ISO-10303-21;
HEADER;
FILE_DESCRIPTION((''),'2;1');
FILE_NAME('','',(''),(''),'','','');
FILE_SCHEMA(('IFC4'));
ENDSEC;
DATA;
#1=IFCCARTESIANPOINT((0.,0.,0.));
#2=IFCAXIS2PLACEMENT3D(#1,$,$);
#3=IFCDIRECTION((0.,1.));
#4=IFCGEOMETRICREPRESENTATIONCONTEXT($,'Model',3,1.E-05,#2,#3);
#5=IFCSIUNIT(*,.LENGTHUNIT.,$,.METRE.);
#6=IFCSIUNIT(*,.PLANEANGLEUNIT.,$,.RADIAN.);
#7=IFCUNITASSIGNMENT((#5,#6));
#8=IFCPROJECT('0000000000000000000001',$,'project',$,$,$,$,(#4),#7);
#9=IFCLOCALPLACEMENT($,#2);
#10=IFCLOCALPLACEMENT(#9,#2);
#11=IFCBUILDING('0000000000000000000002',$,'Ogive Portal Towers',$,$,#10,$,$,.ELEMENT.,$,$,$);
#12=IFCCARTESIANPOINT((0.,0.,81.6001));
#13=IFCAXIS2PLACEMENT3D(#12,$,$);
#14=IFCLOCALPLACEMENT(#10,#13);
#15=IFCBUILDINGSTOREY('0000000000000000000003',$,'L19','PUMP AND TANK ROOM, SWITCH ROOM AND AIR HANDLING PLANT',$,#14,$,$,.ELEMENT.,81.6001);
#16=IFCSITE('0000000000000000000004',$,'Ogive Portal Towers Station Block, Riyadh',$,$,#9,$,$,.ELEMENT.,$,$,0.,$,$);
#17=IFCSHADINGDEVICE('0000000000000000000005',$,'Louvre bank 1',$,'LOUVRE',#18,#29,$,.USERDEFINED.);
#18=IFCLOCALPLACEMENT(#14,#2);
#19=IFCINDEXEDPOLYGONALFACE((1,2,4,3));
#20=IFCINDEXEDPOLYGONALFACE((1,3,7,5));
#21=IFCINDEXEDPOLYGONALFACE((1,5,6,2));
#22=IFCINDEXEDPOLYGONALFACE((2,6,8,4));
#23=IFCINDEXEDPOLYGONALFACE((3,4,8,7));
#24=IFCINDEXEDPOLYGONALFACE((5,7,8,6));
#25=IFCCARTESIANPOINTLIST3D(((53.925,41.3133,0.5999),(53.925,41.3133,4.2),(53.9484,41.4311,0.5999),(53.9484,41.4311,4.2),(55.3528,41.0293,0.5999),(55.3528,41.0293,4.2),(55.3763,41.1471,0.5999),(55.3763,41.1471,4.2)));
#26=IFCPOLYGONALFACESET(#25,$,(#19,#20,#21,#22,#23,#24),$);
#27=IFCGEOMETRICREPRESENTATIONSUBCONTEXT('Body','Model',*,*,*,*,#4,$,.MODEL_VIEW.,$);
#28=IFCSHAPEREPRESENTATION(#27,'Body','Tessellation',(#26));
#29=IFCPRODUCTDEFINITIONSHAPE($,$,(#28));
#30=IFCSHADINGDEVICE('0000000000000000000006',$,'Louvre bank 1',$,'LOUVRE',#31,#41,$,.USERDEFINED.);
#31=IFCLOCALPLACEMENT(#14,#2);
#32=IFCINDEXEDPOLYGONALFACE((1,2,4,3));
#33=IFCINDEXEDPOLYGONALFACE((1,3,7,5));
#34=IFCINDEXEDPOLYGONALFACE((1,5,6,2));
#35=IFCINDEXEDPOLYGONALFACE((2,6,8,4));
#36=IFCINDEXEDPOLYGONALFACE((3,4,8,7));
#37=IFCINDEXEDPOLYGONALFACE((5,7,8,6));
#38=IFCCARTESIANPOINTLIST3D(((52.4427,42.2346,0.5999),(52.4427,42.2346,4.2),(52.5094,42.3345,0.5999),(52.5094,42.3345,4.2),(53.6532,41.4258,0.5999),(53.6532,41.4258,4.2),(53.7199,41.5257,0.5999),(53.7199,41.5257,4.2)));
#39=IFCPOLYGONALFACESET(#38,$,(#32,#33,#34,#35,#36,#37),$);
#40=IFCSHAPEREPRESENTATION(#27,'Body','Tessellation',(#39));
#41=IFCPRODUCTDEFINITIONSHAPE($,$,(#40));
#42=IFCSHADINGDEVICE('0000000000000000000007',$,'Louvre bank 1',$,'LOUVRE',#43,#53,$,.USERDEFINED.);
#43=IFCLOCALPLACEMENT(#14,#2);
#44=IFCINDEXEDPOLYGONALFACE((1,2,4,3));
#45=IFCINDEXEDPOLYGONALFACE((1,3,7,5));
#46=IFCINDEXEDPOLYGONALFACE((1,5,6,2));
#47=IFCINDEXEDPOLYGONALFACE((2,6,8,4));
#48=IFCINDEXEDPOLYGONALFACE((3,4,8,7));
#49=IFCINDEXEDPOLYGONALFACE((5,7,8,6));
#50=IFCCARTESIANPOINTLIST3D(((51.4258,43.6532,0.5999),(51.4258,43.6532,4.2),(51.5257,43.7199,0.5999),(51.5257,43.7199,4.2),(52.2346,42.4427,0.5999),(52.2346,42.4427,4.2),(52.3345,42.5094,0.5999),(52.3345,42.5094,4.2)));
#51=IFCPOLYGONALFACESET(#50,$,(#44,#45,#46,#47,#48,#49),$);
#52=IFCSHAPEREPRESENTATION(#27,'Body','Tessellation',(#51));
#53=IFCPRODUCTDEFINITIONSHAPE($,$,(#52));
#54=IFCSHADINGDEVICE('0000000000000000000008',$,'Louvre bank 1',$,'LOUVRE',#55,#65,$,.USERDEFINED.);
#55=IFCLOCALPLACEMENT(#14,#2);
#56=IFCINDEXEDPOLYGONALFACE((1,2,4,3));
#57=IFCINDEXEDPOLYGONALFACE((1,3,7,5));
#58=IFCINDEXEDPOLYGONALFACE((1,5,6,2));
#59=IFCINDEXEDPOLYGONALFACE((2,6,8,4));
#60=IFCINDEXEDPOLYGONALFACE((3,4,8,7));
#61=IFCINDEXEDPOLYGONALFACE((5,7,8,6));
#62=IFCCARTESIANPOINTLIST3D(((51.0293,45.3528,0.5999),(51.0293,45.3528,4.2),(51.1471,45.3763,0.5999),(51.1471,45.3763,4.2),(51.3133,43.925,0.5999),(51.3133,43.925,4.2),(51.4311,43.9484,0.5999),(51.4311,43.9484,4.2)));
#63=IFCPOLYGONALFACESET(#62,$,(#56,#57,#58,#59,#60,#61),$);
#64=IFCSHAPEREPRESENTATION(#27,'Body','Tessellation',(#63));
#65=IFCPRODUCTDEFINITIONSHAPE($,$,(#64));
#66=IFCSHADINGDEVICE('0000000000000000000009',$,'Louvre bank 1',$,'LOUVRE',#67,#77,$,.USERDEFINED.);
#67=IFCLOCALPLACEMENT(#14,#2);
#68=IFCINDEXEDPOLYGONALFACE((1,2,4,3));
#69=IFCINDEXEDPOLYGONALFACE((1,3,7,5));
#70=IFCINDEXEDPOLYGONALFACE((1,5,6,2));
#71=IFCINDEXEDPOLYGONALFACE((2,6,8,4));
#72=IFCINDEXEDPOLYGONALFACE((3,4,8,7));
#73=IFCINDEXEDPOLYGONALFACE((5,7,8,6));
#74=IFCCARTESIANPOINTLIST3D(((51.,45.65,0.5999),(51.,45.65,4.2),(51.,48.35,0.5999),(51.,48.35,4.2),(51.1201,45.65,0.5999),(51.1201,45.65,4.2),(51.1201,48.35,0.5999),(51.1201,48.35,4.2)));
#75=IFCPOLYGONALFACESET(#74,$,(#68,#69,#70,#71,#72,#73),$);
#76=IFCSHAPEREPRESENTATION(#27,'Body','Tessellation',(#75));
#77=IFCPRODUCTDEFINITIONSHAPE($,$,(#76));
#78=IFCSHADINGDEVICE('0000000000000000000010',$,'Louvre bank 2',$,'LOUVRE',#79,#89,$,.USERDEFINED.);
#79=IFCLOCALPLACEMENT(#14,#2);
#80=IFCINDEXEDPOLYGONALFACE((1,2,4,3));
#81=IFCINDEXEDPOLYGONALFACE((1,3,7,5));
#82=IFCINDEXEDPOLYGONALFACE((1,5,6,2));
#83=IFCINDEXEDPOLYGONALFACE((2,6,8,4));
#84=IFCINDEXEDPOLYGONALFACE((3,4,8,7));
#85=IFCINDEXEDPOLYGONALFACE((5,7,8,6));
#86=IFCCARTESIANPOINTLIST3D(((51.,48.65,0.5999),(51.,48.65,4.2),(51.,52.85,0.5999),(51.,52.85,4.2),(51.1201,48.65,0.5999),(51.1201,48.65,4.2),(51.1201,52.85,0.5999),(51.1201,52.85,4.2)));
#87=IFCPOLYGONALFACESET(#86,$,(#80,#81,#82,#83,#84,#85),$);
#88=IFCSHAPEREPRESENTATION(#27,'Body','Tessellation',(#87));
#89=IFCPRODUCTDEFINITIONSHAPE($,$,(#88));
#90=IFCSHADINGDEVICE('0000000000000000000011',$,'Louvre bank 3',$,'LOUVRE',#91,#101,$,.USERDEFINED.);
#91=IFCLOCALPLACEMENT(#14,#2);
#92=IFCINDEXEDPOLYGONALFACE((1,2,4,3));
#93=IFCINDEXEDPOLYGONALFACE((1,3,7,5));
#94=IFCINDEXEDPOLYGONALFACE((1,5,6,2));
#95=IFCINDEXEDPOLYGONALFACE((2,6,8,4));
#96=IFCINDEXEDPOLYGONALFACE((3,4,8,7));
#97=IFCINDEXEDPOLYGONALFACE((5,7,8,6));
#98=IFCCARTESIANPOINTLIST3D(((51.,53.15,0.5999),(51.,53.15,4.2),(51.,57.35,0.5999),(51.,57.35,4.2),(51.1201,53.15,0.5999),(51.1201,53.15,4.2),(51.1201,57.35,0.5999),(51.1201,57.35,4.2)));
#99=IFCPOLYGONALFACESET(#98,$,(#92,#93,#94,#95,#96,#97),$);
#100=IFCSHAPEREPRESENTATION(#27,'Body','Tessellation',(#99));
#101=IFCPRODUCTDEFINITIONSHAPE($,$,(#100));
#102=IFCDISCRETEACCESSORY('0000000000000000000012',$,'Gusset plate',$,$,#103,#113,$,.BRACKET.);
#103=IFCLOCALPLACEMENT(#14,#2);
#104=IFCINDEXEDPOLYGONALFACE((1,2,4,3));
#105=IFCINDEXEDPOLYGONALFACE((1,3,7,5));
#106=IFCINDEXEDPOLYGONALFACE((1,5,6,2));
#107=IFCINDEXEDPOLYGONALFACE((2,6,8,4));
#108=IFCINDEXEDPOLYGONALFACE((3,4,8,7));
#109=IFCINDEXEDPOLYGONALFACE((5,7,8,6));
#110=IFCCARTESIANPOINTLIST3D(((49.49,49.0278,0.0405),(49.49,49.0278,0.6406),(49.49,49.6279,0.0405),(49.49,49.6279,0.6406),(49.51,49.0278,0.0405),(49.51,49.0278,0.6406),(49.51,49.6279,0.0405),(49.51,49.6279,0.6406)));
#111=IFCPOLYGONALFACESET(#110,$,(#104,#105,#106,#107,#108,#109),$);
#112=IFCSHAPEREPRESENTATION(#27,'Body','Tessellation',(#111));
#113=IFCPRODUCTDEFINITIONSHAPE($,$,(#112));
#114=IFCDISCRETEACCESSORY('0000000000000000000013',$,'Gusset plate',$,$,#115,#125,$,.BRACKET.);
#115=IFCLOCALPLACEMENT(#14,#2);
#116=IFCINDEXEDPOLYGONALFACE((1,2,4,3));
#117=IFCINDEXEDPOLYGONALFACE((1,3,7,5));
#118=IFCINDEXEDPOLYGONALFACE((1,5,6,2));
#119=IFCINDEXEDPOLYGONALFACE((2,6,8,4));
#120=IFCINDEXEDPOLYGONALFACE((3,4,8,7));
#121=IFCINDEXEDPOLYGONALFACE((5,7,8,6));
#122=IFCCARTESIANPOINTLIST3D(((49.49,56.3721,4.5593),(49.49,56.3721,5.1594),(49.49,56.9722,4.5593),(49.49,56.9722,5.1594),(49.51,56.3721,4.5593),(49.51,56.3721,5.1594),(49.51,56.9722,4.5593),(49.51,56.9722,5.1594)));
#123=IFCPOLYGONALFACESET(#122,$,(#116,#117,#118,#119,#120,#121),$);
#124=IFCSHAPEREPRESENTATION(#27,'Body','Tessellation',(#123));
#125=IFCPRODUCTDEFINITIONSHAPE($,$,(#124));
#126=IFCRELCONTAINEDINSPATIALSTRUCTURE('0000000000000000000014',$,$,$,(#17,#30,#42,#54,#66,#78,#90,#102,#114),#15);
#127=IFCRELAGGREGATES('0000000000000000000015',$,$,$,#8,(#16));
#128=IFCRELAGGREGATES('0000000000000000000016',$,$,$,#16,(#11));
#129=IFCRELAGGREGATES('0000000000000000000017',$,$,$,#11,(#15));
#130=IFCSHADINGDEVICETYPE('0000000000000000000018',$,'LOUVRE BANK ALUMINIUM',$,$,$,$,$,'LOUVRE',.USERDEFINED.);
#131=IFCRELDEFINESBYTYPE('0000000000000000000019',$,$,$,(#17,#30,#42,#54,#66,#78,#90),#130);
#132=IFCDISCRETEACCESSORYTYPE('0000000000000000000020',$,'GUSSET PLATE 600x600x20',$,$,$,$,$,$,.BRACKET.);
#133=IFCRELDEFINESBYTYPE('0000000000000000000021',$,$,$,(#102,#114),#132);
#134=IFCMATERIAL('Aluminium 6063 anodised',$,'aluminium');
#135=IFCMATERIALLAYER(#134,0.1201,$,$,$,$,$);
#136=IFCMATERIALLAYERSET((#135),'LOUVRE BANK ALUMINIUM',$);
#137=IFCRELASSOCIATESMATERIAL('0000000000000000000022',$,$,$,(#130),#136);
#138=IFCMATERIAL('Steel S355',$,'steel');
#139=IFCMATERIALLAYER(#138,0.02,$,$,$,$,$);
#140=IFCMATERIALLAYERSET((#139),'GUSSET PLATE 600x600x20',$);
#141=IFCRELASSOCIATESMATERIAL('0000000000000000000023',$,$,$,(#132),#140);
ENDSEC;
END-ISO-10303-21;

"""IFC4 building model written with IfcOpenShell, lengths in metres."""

from ifc_helpers import new_model, si_unit, direction, frame, origin, origin_2d, place, context, subcontext, project, spatial, rectangle, extrude, material, layer, layer_set, type_object, element, save


model = new_model("IFC4")

# Units and contexts
model_context = context("Model", 3, precision=1e-05, world=origin(), true_north=direction((0.0, 1.0)))
body_context = subcontext(model_context, "Body", "Model", "MODEL_VIEW")
ifc_project = project(units=[si_unit("LENGTHUNIT", "METRE"), si_unit("PLANEANGLEUNIT", "RADIAN")], contexts=[model_context])

# Site, building, storey
site_placement = place(None, origin())
site = spatial("IfcSite", under=ifc_project, at=site_placement, Name="Ogive Portal Towers Station Block, Riyadh", CompositionType="ELEMENT", RefElevation=0.0)
building_placement = place(site_placement, origin())
building = spatial("IfcBuilding", under=site, at=building_placement, Name="Ogive Portal Towers", CompositionType="ELEMENT")
storey_placement = place(building_placement, frame((0.0, 0.0, 81.6001)))
storey = spatial("IfcBuildingStorey", under=building, at=storey_placement, Name="L19", Description="PUMP AND TANK ROOM, SWITCH ROOM AND AIR HANDLING PLANT", CompositionType="ELEMENT", Elevation=81.6001)

# Shared definitions
ifc_material_1 = material(Name="Steel S355", Category="steel")

# Shading devices
ifc_material_2 = material(Name="Aluminium 6063 anodised", Category="aluminium")
ifc_layer_1 = layer(ifc_material_2, 0.1201)
ifc_layer_set_1 = layer_set([ifc_layer_1], Name="LOUVRE BANK ALUMINIUM")
shading_device_type = type_object("IfcShadingDeviceType", Name="LOUVRE BANK ALUMINIUM", ElementType="LOUVRE", PredefinedType="USERDEFINED", material=ifc_layer_set_1)
for number, where, z_axis, x_axis, name in (
    (1, (54.6506, 41.2302, 0.5999), (0.0, 0.0, 1.0), (-0.980785, 0.19509, 0.0), "Louvre bank 1"),
    (2, (53.0813, 41.8801, 0.5999), (0.0, 0.0, 1.0), (-0.83147, 0.55557, 0.0), "Louvre bank 1"),
    (3, (51.8801, 43.0813, 0.5999), (0.0, 0.0, 1.0), (-0.55557, 0.83147, 0.0), "Louvre bank 1"),
    (4, (51.2302, 44.6506, 0.5999), (0.0, 0.0, 1.0), (-0.19509, 0.980785, 0.0), "Louvre bank 1"),
):
    element("IfcShadingDevice", number, at=place(storey_placement, frame(where, z_axis=z_axis, x_axis=x_axis)), inside=storey, type_object=shading_device_type, Name=name, ObjectType="LOUVRE", PredefinedType="USERDEFINED", context=body_context, shape_type="SweptSolid", body=[
        extrude(rectangle(XDim=1.4558, YDim=0.1201, at=origin_2d()), origin(), (0.0, 0.0, 1.0), 3.6001),
    ])
shading_device_1_placement = place(storey_placement, frame((51.0601, 47.0, 0.5999), z_axis=(0.0, 0.0, 1.0), x_axis=(0.0, 1.0, 0.0)))
element("IfcShadingDevice", 5, at=shading_device_1_placement, inside=storey, type_object=shading_device_type, Name="Louvre bank 1", ObjectType="LOUVRE", PredefinedType="USERDEFINED", context=body_context, shape_type="SweptSolid", body=[
    extrude(rectangle(XDim=2.7, YDim=0.1201, at=origin_2d()), origin(), (0.0, 0.0, 1.0), 3.6001),
])
for number, where, z_axis, x_axis, name in (
    (6, (51.0601, 50.75, 0.5999), (0.0, 0.0, 1.0), (0.0, 1.0, 0.0), "Louvre bank 2"),
    (7, (51.0601, 55.25, 0.5999), (0.0, 0.0, 1.0), (0.0, 1.0, 0.0), "Louvre bank 3"),
):
    element("IfcShadingDevice", number, at=place(storey_placement, frame(where, z_axis=z_axis, x_axis=x_axis)), inside=storey, type_object=shading_device_type, Name=name, ObjectType="LOUVRE", PredefinedType="USERDEFINED", context=body_context, shape_type="SweptSolid", body=[
        extrude(rectangle(XDim=4.2, YDim=0.1201, at=origin_2d()), origin(), (0.0, 0.0, 1.0), 3.6001),
    ])

# Discrete accessories
ifc_layer_2 = layer(ifc_material_1, 0.02)
ifc_layer_set_2 = layer_set([ifc_layer_2], Name="GUSSET PLATE 600x600x20")
discrete_accessory_type = type_object("IfcDiscreteAccessoryType", Name="GUSSET PLATE 600x600x20", PredefinedType="BRACKET", material=ifc_layer_set_2)
for number, where, z_axis, x_axis, name in (
    (8, (49.5, 49.3279, 0.0405), (0.0, 0.0, 1.0), (0.0, 1.0, 0.0), "Gusset plate"),
    (9, (49.5, 56.6721, 4.5593), (0.0, 0.0, 1.0), (0.0, 1.0, 0.0), "Gusset plate"),
):
    element("IfcDiscreteAccessory", number, at=place(storey_placement, frame(where, z_axis=z_axis, x_axis=x_axis)), inside=storey, type_object=discrete_accessory_type, Name=name, PredefinedType="BRACKET", context=body_context, shape_type="SweptSolid", body=[
        extrude(rectangle(XDim=0.6001, YDim=0.02, at=origin_2d()), origin(), (0.0, 0.0, 1.0), 0.6001),
    ])

save(model, "model.ifc")
